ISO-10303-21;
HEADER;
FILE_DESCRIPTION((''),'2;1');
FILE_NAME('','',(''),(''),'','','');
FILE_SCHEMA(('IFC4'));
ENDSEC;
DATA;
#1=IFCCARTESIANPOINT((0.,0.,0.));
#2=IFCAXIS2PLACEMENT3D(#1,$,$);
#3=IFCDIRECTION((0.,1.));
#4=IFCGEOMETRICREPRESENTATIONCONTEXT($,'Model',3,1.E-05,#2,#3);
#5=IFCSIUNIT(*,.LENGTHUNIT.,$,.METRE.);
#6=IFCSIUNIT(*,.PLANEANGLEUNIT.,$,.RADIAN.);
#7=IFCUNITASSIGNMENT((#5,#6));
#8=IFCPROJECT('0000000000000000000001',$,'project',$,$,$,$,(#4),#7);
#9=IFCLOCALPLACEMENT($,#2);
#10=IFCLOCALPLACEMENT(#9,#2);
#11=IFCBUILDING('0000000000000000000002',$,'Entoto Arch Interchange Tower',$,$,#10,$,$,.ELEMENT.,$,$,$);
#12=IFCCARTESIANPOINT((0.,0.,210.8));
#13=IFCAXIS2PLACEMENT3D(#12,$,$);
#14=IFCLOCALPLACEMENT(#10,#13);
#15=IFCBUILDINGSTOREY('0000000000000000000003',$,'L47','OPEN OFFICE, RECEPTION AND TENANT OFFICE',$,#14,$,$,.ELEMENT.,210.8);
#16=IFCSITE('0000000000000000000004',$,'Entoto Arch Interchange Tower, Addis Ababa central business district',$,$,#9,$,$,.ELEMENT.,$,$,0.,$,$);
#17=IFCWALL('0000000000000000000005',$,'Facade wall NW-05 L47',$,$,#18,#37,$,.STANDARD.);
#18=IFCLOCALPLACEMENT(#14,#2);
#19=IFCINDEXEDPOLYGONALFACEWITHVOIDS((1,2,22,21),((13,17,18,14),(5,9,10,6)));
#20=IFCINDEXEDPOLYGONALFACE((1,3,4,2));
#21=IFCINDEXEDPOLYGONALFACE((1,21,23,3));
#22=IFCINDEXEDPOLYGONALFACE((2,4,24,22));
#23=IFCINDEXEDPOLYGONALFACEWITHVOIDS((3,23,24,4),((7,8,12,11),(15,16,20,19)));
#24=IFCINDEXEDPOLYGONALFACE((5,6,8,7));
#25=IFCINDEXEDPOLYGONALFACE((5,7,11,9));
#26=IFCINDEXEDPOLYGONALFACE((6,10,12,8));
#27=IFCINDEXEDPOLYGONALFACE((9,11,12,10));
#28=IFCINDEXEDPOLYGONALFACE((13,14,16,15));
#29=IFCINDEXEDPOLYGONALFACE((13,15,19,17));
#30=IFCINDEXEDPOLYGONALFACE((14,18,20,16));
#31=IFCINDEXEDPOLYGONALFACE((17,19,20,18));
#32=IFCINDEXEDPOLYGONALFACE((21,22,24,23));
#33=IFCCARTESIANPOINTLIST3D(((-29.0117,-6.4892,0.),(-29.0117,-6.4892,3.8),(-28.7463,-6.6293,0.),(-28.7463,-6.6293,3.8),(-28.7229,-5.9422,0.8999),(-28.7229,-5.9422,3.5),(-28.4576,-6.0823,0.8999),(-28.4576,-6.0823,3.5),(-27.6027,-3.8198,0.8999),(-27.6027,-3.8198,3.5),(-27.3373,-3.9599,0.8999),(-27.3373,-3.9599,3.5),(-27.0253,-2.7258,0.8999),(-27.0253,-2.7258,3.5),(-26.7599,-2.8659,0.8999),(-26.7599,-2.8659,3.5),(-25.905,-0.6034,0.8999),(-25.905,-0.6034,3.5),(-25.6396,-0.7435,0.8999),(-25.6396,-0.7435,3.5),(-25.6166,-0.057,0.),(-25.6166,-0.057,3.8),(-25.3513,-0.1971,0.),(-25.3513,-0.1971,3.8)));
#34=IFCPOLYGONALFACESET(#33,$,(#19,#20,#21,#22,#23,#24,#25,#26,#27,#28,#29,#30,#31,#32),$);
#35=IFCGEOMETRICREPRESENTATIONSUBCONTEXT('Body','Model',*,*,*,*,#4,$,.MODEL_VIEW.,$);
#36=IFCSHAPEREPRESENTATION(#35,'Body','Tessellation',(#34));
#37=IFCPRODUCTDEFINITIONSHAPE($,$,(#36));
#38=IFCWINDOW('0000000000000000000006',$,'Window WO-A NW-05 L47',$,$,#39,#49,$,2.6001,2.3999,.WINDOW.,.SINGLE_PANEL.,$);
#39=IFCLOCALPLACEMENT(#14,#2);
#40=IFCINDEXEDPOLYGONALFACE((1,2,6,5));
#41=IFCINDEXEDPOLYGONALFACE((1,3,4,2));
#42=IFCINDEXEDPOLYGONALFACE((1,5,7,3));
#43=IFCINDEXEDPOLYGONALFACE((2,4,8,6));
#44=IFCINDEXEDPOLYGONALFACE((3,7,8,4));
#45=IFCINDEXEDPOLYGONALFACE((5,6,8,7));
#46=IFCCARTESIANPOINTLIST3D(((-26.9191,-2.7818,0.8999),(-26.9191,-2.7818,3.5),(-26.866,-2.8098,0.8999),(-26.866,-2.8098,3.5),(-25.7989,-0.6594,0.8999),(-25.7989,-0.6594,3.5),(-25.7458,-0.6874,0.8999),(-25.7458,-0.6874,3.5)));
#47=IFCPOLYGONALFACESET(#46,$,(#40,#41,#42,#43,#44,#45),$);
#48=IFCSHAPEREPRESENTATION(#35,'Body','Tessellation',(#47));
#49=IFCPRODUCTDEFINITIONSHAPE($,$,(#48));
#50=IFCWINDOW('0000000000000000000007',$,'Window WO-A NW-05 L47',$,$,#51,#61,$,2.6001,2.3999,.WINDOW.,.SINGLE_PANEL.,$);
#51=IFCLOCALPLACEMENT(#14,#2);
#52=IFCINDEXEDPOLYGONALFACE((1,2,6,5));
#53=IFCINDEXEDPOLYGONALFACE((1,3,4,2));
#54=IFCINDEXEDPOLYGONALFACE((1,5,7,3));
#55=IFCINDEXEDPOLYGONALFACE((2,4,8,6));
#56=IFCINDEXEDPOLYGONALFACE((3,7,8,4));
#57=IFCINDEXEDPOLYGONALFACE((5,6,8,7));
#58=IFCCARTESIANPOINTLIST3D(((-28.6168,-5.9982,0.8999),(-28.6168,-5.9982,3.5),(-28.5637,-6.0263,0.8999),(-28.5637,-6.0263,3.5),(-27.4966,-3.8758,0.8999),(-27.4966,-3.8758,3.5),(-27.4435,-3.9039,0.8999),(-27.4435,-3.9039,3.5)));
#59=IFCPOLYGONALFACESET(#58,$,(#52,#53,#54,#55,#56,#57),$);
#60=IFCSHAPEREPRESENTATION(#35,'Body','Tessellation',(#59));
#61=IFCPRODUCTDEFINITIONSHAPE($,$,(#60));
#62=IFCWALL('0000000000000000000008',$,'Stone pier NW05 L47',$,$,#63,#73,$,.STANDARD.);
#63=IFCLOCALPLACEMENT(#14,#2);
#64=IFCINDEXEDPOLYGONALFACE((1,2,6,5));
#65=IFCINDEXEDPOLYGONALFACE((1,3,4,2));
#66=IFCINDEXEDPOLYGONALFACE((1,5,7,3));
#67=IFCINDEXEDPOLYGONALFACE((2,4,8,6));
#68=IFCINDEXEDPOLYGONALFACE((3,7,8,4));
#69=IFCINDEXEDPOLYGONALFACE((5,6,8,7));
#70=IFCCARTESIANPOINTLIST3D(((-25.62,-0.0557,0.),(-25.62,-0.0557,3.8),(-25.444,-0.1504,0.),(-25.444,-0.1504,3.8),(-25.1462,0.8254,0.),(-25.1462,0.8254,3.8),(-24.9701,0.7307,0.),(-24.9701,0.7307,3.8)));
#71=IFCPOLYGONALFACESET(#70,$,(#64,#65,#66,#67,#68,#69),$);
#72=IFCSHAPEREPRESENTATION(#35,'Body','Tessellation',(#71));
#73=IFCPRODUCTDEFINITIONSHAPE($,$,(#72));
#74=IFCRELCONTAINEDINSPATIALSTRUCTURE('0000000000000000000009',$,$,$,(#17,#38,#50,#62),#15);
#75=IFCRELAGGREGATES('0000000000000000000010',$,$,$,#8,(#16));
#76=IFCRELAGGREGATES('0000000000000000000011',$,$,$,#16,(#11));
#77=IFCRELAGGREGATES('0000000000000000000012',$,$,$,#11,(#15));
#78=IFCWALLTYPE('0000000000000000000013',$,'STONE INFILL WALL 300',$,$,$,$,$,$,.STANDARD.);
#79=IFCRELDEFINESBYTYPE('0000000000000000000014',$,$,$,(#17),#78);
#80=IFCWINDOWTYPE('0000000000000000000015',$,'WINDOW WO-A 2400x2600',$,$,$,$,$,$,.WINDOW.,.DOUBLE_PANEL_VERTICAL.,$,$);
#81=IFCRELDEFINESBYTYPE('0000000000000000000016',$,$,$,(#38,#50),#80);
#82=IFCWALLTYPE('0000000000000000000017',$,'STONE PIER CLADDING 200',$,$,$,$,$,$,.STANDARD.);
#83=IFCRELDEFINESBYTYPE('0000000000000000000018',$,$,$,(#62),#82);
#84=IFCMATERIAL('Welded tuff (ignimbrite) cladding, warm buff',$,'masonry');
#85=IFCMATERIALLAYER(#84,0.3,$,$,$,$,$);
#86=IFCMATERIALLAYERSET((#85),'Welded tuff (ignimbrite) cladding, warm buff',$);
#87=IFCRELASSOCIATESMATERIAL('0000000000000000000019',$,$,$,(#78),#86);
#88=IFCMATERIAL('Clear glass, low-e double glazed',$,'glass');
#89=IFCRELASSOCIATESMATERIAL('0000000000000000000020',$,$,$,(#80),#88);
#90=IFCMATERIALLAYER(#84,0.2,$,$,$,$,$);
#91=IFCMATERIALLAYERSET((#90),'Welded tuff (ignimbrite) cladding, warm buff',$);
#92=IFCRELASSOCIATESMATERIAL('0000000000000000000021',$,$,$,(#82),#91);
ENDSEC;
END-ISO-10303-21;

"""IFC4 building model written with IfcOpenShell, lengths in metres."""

from ifc_helpers import new_model, si_unit, direction, frame, frame_2d, origin, place, context, subcontext, project, spatial, rectangle, extrude, material, layer, layer_set, type_object, element, fill, save


model = new_model("IFC4")

# Units and contexts
model_context = context("Model", 3, precision=1e-05, world=origin(), true_north=direction((0.0, 1.0)))
body_context = subcontext(model_context, "Body", "Model", "MODEL_VIEW")
ifc_project = project(units=[si_unit("LENGTHUNIT", "METRE"), si_unit("PLANEANGLEUNIT", "RADIAN")], contexts=[model_context])

# Site, building, storey
site_placement = place(None, origin())
site = spatial("IfcSite", under=ifc_project, at=site_placement, Name="Entoto Arch Interchange Tower, Addis Ababa central business district", CompositionType="ELEMENT", RefElevation=0.0)
building_placement = place(site_placement, origin())
building = spatial("IfcBuilding", under=site, at=building_placement, Name="Entoto Arch Interchange Tower", CompositionType="ELEMENT")
storey_placement = place(building_placement, frame((0.0, 0.0, 210.8)))
storey = spatial("IfcBuildingStorey", under=building, at=storey_placement, Name="L47", Description="OPEN OFFICE, RECEPTION AND TENANT OFFICE", CompositionType="ELEMENT", Elevation=210.8)

# Shared definitions
ifc_material_1 = material(Name="Welded tuff (ignimbrite) cladding, warm buff", Category="masonry")
ifc_layer_1 = layer(ifc_material_1, 0.3)
ifc_layer_set_1 = layer_set([ifc_layer_1], Name="Welded tuff (ignimbrite) cladding, warm buff")
wall_type_1 = type_object("IfcWallType", Name="STONE INFILL WALL 300", PredefinedType="STANDARD", material=ifc_layer_set_1)
ifc_material_2 = material(Name="Clear glass, low-e double glazed", Category="glass")
window_type = type_object("IfcWindowType", Name="WINDOW WO-A 2400x2600", PartitioningType="DOUBLE_PANEL_VERTICAL", PredefinedType="WINDOW", material=ifc_material_2)

# Wall, openings, windows
wall_1_placement = place(storey_placement, frame((-25.4839, -0.127, 0.0), z_axis=(0.0, 0.0, 1.0), x_axis=(-0.466789, -0.884369, 0.0)))
wall_1 = element("IfcWall", 1, at=wall_1_placement, inside=storey, type_object=wall_type_1, Name="Facade wall NW-05 L47", PredefinedType="STANDARD", context=body_context, shape_type="SweptSolid", body=[
    extrude(rectangle(XDim=7.2732, YDim=0.3, at=frame_2d((3.6367, 0.0))), origin(), (0.0, 0.0, 1.0), 3.8),
])
opening_1_placement = place(wall_1_placement, frame((0.6179, 0.0, 0.8999)))
opening_1 = element("IfcOpeningElement", 2, at=opening_1_placement, cuts=wall_1, PredefinedType="OPENING", context=body_context, shape_type="SweptSolid", body=[
    extrude(rectangle(XDim=2.3999, YDim=2.6001, at=frame_2d((1.2, 1.3))), frame((0.0, 0.1602, 0.0), z_axis=(0.0, -1.0, 0.0), x_axis=(1.0, 0.0, 0.0)), (0.0, 0.0, 1.0), 0.3201),
])
opening_2_placement = place(wall_1_placement, frame((4.2549, 0.0, 0.8999)))
opening_2 = element("IfcOpeningElement", 3, at=opening_2_placement, cuts=wall_1, PredefinedType="OPENING", context=body_context, shape_type="SweptSolid", body=[
    extrude(rectangle(XDim=2.3999, YDim=2.6001, at=frame_2d((1.2, 1.3))), frame((0.0, 0.1602, 0.0), z_axis=(0.0, -1.0, 0.0), x_axis=(1.0, 0.0, 0.0)), (0.0, 0.0, 1.0), 0.3201),
])
window_1_placement = place(opening_1_placement, origin())
window_1 = element("IfcWindow", 4, at=window_1_placement, inside=storey, type_object=window_type, Name="Window WO-A NW-05 L47", OverallHeight=2.6001, OverallWidth=2.3999, PartitioningType="SINGLE_PANEL", PredefinedType="WINDOW", context=body_context, shape_type="SweptSolid", body=[
    extrude(rectangle(XDim=2.3999, YDim=2.6001, at=frame_2d((1.2, 1.3))), frame((0.0, 0.03, 0.0), z_axis=(0.0, -1.0, 0.0), x_axis=(1.0, 0.0, 0.0)), (0.0, 0.0, 1.0), 0.0601),
])
fill(opening_1, window_1)
window_2_placement = place(opening_2_placement, origin())
window_2 = element("IfcWindow", 5, at=window_2_placement, inside=storey, type_object=window_type, Name="Window WO-A NW-05 L47", OverallHeight=2.6001, OverallWidth=2.3999, PartitioningType="SINGLE_PANEL", PredefinedType="WINDOW", context=body_context, shape_type="SweptSolid", body=[
    extrude(rectangle(XDim=2.3999, YDim=2.6001, at=frame_2d((1.2, 1.3))), frame((0.0, 0.03, 0.0), z_axis=(0.0, -1.0, 0.0), x_axis=(1.0, 0.0, 0.0)), (0.0, 0.0, 1.0), 0.0601),
])
fill(opening_2, window_2)

# Wall
ifc_layer_2 = layer(ifc_material_1, 0.2)
ifc_layer_set_2 = layer_set([ifc_layer_2], Name="Welded tuff (ignimbrite) cladding, warm buff")
wall_type_2 = type_object("IfcWallType", Name="STONE PIER CLADDING 200", PredefinedType="STANDARD", material=ifc_layer_set_2)
wall_2_placement = place(storey_placement, frame((-25.0581, 0.7781, 0.0), z_axis=(0.0, 0.0, 1.0), x_axis=(-0.473663, -0.880706, 0.0)))
element("IfcWall", 6, at=wall_2_placement, inside=storey, type_object=wall_type_2, Name="Stone pier NW05 L47", PredefinedType="STANDARD", context=body_context, shape_type="SweptSolid", body=[
    extrude(rectangle(XDim=1.0005, YDim=0.2, at=frame_2d((0.5002, 0.0))), origin(), (0.0, 0.0, 1.0), 3.8),
])

save(model, "model.ifc")
